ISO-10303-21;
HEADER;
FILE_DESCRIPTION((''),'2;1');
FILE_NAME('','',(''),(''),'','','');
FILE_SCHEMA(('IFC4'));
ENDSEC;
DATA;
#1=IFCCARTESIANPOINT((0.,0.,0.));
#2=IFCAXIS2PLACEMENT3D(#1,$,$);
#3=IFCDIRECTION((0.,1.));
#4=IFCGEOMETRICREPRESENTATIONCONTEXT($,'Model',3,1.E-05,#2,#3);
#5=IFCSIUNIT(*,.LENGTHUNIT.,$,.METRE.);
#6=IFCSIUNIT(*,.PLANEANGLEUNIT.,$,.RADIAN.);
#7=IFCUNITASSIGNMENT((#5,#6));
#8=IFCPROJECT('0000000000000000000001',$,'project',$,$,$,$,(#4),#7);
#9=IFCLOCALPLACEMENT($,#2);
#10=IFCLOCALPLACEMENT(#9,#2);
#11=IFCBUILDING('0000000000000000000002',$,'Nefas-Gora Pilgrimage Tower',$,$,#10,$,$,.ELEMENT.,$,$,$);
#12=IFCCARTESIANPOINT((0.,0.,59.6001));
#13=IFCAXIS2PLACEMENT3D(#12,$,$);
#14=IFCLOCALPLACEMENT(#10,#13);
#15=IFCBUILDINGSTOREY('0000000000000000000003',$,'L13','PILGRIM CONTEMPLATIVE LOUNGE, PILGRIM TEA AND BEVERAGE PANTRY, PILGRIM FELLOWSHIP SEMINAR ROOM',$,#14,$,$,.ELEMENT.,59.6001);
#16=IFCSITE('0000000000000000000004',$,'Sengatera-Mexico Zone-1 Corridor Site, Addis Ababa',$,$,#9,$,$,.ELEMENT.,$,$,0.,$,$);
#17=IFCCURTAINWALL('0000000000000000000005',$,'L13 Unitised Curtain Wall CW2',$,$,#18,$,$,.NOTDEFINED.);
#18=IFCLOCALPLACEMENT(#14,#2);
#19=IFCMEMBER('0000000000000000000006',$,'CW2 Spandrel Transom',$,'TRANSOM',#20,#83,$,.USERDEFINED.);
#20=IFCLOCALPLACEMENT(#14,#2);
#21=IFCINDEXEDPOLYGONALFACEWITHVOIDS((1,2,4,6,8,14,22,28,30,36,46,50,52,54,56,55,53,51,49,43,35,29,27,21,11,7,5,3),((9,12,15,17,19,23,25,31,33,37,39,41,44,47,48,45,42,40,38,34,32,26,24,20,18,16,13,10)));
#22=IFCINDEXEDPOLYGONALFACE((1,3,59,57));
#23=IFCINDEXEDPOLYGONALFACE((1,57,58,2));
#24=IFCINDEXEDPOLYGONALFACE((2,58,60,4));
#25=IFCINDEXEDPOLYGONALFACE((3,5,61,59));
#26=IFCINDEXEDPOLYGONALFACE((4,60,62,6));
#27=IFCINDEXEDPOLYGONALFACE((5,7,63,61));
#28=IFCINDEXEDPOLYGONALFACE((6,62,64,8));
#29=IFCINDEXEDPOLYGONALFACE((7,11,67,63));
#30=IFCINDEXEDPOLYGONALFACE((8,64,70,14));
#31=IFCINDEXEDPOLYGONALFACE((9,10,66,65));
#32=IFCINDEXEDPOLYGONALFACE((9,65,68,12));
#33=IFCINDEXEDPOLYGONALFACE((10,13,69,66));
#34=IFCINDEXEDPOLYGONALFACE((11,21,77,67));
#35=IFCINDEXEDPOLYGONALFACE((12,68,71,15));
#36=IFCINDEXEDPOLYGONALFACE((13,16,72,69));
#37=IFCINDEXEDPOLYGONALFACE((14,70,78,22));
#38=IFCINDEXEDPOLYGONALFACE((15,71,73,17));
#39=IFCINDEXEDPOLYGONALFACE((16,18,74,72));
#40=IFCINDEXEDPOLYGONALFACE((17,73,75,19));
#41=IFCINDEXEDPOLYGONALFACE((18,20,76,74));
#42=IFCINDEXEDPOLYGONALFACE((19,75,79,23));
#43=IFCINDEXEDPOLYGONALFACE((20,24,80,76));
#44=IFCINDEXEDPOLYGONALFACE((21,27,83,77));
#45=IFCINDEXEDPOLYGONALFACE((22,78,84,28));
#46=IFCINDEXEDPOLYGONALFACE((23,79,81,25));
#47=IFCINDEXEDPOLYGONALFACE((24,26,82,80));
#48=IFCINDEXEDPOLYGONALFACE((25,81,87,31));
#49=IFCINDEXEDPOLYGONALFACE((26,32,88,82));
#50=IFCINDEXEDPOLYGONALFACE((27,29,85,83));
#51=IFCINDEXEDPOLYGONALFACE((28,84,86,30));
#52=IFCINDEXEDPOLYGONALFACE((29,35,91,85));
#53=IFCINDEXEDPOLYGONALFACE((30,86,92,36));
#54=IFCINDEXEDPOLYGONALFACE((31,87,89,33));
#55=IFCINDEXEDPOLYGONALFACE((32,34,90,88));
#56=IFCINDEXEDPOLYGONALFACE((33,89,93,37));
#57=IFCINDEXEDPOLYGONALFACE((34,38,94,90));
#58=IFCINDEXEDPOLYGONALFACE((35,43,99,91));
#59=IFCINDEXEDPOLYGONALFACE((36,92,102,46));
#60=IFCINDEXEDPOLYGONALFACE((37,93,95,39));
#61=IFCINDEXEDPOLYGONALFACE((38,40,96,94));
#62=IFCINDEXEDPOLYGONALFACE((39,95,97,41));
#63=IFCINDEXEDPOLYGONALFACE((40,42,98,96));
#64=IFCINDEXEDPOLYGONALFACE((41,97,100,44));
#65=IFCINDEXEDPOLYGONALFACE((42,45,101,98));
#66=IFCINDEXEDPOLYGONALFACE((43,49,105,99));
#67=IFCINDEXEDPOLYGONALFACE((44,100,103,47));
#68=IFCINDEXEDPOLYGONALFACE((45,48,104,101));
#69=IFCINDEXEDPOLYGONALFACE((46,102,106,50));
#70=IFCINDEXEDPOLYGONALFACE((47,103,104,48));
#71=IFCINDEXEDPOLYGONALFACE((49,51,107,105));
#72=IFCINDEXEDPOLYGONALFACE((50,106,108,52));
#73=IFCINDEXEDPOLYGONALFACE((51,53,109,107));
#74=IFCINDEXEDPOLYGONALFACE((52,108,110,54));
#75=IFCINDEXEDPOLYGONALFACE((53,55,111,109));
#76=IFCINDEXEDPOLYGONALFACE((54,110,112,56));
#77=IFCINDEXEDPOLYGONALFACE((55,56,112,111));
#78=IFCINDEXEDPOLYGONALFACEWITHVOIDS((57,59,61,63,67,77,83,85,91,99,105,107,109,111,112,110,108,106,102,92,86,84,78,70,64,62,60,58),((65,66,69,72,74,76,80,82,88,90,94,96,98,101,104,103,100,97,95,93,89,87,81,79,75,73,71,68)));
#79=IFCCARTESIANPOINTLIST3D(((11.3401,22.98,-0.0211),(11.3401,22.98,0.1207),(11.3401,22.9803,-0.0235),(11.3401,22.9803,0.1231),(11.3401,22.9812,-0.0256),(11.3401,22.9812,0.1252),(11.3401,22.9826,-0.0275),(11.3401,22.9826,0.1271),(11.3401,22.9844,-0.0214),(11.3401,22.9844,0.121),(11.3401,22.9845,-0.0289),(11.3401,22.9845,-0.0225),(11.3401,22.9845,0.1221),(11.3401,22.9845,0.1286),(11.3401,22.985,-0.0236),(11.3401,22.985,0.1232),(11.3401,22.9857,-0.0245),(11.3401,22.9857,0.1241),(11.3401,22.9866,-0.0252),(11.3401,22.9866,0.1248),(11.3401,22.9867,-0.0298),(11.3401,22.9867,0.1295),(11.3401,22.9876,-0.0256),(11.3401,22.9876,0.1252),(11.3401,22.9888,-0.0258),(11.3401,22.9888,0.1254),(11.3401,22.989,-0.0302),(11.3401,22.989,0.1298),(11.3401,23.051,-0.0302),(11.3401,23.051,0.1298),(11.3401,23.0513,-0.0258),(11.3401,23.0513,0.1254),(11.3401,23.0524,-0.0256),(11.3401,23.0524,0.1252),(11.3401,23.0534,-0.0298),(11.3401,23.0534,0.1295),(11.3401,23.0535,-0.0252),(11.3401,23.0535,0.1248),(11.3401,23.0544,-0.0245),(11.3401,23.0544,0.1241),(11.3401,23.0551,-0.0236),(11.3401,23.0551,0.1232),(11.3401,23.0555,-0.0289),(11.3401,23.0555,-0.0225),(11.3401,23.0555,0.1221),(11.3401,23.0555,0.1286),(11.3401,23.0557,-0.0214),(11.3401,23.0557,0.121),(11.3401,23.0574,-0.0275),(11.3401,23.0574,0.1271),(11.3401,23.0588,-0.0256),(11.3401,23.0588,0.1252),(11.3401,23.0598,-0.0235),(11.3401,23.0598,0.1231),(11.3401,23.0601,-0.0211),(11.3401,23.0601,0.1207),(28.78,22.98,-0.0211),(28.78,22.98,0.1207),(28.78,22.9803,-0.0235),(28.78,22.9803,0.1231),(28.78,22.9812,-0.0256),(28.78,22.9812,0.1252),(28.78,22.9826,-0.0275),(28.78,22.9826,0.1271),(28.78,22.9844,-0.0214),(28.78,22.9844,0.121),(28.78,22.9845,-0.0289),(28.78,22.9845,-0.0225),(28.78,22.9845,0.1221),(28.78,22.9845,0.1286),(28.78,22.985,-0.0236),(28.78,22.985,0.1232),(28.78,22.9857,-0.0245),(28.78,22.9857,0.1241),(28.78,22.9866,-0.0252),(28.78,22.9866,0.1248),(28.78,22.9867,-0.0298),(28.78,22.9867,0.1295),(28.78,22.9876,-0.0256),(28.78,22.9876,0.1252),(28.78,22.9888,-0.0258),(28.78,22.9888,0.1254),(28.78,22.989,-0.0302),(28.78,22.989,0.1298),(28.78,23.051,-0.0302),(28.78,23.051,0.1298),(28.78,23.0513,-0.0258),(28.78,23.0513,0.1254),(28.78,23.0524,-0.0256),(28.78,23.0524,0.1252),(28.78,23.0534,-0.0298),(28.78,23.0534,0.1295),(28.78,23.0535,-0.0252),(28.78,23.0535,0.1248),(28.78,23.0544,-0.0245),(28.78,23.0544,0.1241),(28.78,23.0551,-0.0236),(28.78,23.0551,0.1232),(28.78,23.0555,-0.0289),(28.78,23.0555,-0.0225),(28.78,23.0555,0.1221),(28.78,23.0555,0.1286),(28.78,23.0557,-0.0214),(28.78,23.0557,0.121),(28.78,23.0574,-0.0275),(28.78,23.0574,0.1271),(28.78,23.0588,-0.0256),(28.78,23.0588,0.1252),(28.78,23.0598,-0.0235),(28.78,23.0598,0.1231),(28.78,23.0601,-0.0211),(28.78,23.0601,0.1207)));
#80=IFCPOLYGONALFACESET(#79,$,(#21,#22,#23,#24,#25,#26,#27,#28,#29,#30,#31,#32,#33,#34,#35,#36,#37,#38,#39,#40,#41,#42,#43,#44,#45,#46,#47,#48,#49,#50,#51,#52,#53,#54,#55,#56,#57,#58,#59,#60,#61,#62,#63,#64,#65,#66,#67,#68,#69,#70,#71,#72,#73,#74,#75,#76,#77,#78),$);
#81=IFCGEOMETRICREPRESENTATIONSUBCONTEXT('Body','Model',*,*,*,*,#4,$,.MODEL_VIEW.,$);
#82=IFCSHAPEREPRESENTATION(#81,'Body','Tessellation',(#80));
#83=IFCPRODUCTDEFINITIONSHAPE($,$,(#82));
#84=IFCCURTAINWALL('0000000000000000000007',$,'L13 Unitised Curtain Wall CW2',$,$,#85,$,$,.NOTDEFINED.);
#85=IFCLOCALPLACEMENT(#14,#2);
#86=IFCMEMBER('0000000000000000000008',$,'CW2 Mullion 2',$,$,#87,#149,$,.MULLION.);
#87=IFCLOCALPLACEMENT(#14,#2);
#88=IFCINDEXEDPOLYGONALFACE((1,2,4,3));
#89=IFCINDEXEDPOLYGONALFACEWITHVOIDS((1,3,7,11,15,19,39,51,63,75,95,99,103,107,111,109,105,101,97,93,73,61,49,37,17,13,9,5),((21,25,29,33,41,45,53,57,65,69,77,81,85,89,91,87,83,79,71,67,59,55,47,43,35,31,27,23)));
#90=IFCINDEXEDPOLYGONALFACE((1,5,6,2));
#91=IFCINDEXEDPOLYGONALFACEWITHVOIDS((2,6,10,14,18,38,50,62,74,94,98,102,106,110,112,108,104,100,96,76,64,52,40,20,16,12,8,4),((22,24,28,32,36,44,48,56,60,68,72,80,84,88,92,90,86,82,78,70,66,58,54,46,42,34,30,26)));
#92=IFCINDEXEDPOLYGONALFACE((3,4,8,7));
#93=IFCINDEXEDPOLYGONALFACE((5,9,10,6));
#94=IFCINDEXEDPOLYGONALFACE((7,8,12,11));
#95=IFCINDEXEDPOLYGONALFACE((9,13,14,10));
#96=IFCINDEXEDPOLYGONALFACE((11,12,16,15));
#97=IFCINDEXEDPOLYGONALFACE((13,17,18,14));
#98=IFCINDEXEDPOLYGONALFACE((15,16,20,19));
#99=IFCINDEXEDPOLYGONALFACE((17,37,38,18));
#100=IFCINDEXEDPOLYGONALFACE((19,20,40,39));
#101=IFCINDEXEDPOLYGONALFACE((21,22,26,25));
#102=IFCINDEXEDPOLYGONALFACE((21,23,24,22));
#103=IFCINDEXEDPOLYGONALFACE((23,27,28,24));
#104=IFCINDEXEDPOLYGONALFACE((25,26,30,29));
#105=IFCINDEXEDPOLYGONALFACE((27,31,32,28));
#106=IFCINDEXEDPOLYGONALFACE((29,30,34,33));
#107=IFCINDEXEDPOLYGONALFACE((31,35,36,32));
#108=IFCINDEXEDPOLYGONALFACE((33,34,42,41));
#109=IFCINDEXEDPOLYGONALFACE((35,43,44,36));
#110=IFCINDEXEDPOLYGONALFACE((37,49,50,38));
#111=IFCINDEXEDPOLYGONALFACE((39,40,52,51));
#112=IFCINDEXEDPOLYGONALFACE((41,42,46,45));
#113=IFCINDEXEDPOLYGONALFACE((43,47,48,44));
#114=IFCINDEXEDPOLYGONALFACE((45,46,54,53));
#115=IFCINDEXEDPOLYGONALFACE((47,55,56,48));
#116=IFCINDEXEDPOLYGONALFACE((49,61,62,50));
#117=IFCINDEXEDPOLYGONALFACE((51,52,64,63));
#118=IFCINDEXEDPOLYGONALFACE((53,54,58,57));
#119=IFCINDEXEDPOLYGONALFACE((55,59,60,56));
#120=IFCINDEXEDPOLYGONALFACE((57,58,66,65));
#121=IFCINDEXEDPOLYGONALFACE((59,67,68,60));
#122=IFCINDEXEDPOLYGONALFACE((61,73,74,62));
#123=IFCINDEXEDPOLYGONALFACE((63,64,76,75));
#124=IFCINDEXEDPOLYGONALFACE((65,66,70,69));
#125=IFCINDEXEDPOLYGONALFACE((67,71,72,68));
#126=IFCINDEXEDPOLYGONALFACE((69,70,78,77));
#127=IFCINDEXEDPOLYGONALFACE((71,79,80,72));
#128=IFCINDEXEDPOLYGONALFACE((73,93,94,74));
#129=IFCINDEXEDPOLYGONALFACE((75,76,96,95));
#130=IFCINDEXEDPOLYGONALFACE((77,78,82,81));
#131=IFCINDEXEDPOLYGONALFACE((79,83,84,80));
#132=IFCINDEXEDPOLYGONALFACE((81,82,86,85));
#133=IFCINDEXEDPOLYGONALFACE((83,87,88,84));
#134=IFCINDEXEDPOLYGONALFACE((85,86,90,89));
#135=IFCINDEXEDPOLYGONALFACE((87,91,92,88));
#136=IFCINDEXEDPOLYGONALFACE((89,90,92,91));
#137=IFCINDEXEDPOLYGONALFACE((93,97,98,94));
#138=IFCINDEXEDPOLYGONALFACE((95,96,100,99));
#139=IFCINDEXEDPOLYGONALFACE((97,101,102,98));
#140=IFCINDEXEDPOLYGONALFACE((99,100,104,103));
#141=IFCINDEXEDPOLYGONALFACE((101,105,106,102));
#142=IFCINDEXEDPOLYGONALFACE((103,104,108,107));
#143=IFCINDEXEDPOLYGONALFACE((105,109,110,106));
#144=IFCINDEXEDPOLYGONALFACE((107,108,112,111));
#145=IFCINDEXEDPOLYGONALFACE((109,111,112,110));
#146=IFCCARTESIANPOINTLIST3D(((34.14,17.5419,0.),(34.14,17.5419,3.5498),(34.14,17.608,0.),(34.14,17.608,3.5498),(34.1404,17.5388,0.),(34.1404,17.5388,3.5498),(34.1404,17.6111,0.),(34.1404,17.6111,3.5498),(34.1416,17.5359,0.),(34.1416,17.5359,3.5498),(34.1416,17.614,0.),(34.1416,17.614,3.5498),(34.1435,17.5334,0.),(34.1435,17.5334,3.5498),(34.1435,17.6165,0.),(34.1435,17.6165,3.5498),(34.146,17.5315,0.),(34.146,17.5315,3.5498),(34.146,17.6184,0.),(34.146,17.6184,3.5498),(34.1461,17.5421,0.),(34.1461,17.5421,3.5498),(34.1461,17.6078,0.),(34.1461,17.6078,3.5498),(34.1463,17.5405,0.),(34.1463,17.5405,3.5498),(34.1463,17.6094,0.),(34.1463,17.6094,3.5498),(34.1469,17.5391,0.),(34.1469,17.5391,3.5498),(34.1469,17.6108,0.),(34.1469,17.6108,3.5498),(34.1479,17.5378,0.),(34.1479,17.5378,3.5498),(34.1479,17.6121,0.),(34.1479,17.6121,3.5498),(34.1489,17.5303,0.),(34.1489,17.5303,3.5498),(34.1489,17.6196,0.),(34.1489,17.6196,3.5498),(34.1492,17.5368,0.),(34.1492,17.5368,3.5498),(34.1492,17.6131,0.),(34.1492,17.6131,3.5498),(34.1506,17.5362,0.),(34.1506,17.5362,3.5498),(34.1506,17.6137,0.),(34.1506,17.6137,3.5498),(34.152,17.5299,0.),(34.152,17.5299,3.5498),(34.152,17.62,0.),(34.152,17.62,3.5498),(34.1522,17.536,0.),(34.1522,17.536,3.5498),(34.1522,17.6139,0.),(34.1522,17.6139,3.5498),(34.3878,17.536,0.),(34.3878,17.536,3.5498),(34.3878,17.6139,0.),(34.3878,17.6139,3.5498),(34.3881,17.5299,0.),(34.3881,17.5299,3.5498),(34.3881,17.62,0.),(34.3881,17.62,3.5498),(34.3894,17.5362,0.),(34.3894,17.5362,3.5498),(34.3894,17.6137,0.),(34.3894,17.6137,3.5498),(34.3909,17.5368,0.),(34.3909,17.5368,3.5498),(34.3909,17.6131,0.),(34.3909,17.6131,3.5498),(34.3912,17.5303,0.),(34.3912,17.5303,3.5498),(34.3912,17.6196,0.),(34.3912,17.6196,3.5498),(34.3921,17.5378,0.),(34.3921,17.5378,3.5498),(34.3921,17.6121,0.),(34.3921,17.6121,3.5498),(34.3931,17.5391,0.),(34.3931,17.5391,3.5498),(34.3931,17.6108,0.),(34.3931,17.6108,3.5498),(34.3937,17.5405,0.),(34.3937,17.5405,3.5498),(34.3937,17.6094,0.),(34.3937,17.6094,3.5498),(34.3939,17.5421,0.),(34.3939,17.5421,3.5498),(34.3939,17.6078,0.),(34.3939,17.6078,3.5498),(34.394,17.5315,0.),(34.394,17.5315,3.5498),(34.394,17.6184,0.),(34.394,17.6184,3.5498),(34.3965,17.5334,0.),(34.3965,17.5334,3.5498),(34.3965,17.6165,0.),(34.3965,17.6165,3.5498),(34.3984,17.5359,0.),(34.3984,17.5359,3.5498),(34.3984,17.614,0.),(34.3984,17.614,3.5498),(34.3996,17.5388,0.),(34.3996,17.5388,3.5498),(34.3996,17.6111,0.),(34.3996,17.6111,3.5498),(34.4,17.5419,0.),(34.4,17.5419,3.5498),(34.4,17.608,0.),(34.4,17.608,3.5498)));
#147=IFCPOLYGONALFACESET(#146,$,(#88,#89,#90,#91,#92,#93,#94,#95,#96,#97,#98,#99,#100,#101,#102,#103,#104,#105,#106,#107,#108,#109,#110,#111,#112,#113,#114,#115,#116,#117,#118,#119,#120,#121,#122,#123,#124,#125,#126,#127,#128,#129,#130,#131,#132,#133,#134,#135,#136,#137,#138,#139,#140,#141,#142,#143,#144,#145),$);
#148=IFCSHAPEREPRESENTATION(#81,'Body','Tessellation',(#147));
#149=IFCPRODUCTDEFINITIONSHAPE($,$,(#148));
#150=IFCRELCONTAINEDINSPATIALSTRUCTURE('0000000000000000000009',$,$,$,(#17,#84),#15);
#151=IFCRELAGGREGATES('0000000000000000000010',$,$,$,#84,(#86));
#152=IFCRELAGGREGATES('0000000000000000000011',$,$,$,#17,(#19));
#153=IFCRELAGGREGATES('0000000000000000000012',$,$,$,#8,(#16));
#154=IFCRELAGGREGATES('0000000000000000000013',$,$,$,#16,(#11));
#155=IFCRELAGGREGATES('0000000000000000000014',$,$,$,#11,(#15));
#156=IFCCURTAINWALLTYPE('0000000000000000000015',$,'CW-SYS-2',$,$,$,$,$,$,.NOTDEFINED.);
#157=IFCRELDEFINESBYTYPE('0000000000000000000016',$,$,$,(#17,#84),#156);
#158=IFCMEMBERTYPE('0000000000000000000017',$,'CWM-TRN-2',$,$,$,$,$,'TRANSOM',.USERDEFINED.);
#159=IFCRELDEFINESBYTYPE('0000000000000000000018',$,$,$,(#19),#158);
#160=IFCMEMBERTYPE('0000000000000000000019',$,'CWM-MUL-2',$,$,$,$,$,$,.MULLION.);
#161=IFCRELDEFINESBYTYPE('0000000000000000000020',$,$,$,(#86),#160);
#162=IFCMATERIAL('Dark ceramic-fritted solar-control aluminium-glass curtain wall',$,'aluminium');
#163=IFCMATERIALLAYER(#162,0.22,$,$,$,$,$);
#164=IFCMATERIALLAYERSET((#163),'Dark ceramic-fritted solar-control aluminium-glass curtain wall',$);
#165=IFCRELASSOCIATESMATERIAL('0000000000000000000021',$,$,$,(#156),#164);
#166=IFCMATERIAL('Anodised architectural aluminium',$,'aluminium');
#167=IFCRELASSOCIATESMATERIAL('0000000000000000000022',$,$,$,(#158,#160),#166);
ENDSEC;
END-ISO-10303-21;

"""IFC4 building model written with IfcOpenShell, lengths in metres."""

from ifc_helpers import new_model, si_unit, direction, frame, origin, origin_2d, place, context, subcontext, project, spatial, hollow_rectangle, extrude, source, transform, mapped, material, layer, layer_set, material_profile, profile_set, type_object, element, aggregate, save


model = new_model("IFC4")

# Units and contexts
model_context = context("Model", 3, precision=1e-05, world=origin(), true_north=direction((0.0, 1.0)))
body_context = subcontext(model_context, "Body", "Model", "MODEL_VIEW")
ifc_project = project(units=[si_unit("LENGTHUNIT", "METRE"), si_unit("PLANEANGLEUNIT", "RADIAN")], contexts=[model_context])

# Site, building, storey
site_placement = place(None, origin())
site = spatial("IfcSite", under=ifc_project, at=site_placement, Name="Sengatera-Mexico Zone-1 Corridor Site, Addis Ababa", CompositionType="ELEMENT", RefElevation=0.0)
building_placement = place(site_placement, origin())
building = spatial("IfcBuilding", under=site, at=building_placement, Name="Nefas-Gora Pilgrimage Tower", CompositionType="ELEMENT")
storey_placement = place(building_placement, frame((0.0, 0.0, 59.6001)))
storey = spatial("IfcBuildingStorey", under=building, at=storey_placement, Name="L13", Description="PILGRIM CONTEMPLATIVE LOUNGE, PILGRIM TEA AND BEVERAGE PANTRY, PILGRIM FELLOWSHIP SEMINAR ROOM", CompositionType="ELEMENT", Elevation=59.6001)

# Curtain walls, members
ifc_material_1 = material(Name="Dark ceramic-fritted solar-control aluminium-glass curtain wall", Category="aluminium")
ifc_layer_1 = layer(ifc_material_1, 0.22)
ifc_layer_set_1 = layer_set([ifc_layer_1], Name="Dark ceramic-fritted solar-control aluminium-glass curtain wall")
curtain_wall_type = type_object("IfcCurtainWallType", Name="CW-SYS-2", PredefinedType="NOTDEFINED", material=ifc_layer_set_1)
curtain_wall_1_placement = place(storey_placement, origin())
curtain_wall_1 = element("IfcCurtainWall", 1, at=curtain_wall_1_placement, inside=storey, type_object=curtain_wall_type, Name="L13 Unitised Curtain Wall CW2", PredefinedType="NOTDEFINED")
ifc_material_2 = material(Name="Anodised architectural aluminium", Category="aluminium")
ifc_material_profile_1 = material_profile(ifc_material_2, hollow_rectangle(XDim=0.0801, YDim=0.1599, WallThickness=0.0044, InnerFilletRadius=0.0044, OuterFilletRadius=0.009, at=origin_2d()), Name="ALU TRANSOM 80x160")
ifc_profile_set_1 = profile_set([ifc_material_profile_1], Name="Anodised architectural aluminium")
member_type_1 = type_object("IfcMemberType", Name="CWM-TRN-2", ElementType="TRANSOM", PredefinedType="USERDEFINED", material=ifc_profile_set_1)
shared_shape_1 = source(origin(), body_context, "Body", "SweptSolid", [
    extrude(hollow_rectangle(XDim=0.0801, YDim=0.1599, WallThickness=0.0044, InnerFilletRadius=0.0044, OuterFilletRadius=0.009, at=origin_2d()), origin(), (0.0, 0.0, 1.0), 17.4399),
])
member_1_placement = place(storey_placement, frame((28.78, 23.02, 0.0498), z_axis=(-1.0, 0.0, 0.0), x_axis=(0.0, -1.0, 0.0)))
member_1 = element("IfcMember", 2, at=member_1_placement, type_object=member_type_1, Name="CW2 Spandrel Transom", ObjectType="TRANSOM", PredefinedType="USERDEFINED", context=body_context, shape_type="MappedRepresentation", body=[
    mapped(shared_shape_1, transform((0.0, 0.0, 0.0), x_axis=(1.0, 0.0, 0.0), y_axis=(0.0, 1.0, 0.0), z_axis=(0.0, 0.0, 1.0), scale=1.0)),
])
curtain_wall_2_placement = place(storey_placement, origin())
curtain_wall_2 = element("IfcCurtainWall", 3, at=curtain_wall_2_placement, inside=storey, type_object=curtain_wall_type, Name="L13 Unitised Curtain Wall CW2", PredefinedType="NOTDEFINED")
ifc_material_profile_2 = material_profile(ifc_material_2, hollow_rectangle(XDim=0.0901, YDim=0.26, WallThickness=0.0061, InnerFilletRadius=0.0061, OuterFilletRadius=0.012, at=origin_2d()), Name="ALU MULLION 90x260")
ifc_profile_set_2 = profile_set([ifc_material_profile_2], Name="Anodised architectural aluminium")
member_type_2 = type_object("IfcMemberType", Name="CWM-MUL-2", PredefinedType="MULLION", material=ifc_profile_set_2)
shared_shape_2 = source(origin(), body_context, "Body", "SweptSolid", [
    extrude(hollow_rectangle(XDim=0.0901, YDim=0.26, WallThickness=0.0061, InnerFilletRadius=0.0061, OuterFilletRadius=0.012, at=origin_2d()), origin(), (0.0, 0.0, 1.0), 3.5498),
])
member_2_placement = place(storey_placement, frame((34.27, 17.575, 0.0), z_axis=(0.0, 0.0, 1.0), x_axis=(0.0, 1.0, 0.0)))
member_2 = element("IfcMember", 4, at=member_2_placement, type_object=member_type_2, Name="CW2 Mullion 2", PredefinedType="MULLION", context=body_context, shape_type="MappedRepresentation", body=[
    mapped(shared_shape_2, transform((0.0, 0.0, 0.0), x_axis=(1.0, 0.0, 0.0), y_axis=(0.0, 1.0, 0.0), z_axis=(0.0, 0.0, 1.0), scale=1.0)),
])
aggregate(curtain_wall_2, [member_2])

aggregate(curtain_wall_1, [member_1])

save(model, "model.ifc")
